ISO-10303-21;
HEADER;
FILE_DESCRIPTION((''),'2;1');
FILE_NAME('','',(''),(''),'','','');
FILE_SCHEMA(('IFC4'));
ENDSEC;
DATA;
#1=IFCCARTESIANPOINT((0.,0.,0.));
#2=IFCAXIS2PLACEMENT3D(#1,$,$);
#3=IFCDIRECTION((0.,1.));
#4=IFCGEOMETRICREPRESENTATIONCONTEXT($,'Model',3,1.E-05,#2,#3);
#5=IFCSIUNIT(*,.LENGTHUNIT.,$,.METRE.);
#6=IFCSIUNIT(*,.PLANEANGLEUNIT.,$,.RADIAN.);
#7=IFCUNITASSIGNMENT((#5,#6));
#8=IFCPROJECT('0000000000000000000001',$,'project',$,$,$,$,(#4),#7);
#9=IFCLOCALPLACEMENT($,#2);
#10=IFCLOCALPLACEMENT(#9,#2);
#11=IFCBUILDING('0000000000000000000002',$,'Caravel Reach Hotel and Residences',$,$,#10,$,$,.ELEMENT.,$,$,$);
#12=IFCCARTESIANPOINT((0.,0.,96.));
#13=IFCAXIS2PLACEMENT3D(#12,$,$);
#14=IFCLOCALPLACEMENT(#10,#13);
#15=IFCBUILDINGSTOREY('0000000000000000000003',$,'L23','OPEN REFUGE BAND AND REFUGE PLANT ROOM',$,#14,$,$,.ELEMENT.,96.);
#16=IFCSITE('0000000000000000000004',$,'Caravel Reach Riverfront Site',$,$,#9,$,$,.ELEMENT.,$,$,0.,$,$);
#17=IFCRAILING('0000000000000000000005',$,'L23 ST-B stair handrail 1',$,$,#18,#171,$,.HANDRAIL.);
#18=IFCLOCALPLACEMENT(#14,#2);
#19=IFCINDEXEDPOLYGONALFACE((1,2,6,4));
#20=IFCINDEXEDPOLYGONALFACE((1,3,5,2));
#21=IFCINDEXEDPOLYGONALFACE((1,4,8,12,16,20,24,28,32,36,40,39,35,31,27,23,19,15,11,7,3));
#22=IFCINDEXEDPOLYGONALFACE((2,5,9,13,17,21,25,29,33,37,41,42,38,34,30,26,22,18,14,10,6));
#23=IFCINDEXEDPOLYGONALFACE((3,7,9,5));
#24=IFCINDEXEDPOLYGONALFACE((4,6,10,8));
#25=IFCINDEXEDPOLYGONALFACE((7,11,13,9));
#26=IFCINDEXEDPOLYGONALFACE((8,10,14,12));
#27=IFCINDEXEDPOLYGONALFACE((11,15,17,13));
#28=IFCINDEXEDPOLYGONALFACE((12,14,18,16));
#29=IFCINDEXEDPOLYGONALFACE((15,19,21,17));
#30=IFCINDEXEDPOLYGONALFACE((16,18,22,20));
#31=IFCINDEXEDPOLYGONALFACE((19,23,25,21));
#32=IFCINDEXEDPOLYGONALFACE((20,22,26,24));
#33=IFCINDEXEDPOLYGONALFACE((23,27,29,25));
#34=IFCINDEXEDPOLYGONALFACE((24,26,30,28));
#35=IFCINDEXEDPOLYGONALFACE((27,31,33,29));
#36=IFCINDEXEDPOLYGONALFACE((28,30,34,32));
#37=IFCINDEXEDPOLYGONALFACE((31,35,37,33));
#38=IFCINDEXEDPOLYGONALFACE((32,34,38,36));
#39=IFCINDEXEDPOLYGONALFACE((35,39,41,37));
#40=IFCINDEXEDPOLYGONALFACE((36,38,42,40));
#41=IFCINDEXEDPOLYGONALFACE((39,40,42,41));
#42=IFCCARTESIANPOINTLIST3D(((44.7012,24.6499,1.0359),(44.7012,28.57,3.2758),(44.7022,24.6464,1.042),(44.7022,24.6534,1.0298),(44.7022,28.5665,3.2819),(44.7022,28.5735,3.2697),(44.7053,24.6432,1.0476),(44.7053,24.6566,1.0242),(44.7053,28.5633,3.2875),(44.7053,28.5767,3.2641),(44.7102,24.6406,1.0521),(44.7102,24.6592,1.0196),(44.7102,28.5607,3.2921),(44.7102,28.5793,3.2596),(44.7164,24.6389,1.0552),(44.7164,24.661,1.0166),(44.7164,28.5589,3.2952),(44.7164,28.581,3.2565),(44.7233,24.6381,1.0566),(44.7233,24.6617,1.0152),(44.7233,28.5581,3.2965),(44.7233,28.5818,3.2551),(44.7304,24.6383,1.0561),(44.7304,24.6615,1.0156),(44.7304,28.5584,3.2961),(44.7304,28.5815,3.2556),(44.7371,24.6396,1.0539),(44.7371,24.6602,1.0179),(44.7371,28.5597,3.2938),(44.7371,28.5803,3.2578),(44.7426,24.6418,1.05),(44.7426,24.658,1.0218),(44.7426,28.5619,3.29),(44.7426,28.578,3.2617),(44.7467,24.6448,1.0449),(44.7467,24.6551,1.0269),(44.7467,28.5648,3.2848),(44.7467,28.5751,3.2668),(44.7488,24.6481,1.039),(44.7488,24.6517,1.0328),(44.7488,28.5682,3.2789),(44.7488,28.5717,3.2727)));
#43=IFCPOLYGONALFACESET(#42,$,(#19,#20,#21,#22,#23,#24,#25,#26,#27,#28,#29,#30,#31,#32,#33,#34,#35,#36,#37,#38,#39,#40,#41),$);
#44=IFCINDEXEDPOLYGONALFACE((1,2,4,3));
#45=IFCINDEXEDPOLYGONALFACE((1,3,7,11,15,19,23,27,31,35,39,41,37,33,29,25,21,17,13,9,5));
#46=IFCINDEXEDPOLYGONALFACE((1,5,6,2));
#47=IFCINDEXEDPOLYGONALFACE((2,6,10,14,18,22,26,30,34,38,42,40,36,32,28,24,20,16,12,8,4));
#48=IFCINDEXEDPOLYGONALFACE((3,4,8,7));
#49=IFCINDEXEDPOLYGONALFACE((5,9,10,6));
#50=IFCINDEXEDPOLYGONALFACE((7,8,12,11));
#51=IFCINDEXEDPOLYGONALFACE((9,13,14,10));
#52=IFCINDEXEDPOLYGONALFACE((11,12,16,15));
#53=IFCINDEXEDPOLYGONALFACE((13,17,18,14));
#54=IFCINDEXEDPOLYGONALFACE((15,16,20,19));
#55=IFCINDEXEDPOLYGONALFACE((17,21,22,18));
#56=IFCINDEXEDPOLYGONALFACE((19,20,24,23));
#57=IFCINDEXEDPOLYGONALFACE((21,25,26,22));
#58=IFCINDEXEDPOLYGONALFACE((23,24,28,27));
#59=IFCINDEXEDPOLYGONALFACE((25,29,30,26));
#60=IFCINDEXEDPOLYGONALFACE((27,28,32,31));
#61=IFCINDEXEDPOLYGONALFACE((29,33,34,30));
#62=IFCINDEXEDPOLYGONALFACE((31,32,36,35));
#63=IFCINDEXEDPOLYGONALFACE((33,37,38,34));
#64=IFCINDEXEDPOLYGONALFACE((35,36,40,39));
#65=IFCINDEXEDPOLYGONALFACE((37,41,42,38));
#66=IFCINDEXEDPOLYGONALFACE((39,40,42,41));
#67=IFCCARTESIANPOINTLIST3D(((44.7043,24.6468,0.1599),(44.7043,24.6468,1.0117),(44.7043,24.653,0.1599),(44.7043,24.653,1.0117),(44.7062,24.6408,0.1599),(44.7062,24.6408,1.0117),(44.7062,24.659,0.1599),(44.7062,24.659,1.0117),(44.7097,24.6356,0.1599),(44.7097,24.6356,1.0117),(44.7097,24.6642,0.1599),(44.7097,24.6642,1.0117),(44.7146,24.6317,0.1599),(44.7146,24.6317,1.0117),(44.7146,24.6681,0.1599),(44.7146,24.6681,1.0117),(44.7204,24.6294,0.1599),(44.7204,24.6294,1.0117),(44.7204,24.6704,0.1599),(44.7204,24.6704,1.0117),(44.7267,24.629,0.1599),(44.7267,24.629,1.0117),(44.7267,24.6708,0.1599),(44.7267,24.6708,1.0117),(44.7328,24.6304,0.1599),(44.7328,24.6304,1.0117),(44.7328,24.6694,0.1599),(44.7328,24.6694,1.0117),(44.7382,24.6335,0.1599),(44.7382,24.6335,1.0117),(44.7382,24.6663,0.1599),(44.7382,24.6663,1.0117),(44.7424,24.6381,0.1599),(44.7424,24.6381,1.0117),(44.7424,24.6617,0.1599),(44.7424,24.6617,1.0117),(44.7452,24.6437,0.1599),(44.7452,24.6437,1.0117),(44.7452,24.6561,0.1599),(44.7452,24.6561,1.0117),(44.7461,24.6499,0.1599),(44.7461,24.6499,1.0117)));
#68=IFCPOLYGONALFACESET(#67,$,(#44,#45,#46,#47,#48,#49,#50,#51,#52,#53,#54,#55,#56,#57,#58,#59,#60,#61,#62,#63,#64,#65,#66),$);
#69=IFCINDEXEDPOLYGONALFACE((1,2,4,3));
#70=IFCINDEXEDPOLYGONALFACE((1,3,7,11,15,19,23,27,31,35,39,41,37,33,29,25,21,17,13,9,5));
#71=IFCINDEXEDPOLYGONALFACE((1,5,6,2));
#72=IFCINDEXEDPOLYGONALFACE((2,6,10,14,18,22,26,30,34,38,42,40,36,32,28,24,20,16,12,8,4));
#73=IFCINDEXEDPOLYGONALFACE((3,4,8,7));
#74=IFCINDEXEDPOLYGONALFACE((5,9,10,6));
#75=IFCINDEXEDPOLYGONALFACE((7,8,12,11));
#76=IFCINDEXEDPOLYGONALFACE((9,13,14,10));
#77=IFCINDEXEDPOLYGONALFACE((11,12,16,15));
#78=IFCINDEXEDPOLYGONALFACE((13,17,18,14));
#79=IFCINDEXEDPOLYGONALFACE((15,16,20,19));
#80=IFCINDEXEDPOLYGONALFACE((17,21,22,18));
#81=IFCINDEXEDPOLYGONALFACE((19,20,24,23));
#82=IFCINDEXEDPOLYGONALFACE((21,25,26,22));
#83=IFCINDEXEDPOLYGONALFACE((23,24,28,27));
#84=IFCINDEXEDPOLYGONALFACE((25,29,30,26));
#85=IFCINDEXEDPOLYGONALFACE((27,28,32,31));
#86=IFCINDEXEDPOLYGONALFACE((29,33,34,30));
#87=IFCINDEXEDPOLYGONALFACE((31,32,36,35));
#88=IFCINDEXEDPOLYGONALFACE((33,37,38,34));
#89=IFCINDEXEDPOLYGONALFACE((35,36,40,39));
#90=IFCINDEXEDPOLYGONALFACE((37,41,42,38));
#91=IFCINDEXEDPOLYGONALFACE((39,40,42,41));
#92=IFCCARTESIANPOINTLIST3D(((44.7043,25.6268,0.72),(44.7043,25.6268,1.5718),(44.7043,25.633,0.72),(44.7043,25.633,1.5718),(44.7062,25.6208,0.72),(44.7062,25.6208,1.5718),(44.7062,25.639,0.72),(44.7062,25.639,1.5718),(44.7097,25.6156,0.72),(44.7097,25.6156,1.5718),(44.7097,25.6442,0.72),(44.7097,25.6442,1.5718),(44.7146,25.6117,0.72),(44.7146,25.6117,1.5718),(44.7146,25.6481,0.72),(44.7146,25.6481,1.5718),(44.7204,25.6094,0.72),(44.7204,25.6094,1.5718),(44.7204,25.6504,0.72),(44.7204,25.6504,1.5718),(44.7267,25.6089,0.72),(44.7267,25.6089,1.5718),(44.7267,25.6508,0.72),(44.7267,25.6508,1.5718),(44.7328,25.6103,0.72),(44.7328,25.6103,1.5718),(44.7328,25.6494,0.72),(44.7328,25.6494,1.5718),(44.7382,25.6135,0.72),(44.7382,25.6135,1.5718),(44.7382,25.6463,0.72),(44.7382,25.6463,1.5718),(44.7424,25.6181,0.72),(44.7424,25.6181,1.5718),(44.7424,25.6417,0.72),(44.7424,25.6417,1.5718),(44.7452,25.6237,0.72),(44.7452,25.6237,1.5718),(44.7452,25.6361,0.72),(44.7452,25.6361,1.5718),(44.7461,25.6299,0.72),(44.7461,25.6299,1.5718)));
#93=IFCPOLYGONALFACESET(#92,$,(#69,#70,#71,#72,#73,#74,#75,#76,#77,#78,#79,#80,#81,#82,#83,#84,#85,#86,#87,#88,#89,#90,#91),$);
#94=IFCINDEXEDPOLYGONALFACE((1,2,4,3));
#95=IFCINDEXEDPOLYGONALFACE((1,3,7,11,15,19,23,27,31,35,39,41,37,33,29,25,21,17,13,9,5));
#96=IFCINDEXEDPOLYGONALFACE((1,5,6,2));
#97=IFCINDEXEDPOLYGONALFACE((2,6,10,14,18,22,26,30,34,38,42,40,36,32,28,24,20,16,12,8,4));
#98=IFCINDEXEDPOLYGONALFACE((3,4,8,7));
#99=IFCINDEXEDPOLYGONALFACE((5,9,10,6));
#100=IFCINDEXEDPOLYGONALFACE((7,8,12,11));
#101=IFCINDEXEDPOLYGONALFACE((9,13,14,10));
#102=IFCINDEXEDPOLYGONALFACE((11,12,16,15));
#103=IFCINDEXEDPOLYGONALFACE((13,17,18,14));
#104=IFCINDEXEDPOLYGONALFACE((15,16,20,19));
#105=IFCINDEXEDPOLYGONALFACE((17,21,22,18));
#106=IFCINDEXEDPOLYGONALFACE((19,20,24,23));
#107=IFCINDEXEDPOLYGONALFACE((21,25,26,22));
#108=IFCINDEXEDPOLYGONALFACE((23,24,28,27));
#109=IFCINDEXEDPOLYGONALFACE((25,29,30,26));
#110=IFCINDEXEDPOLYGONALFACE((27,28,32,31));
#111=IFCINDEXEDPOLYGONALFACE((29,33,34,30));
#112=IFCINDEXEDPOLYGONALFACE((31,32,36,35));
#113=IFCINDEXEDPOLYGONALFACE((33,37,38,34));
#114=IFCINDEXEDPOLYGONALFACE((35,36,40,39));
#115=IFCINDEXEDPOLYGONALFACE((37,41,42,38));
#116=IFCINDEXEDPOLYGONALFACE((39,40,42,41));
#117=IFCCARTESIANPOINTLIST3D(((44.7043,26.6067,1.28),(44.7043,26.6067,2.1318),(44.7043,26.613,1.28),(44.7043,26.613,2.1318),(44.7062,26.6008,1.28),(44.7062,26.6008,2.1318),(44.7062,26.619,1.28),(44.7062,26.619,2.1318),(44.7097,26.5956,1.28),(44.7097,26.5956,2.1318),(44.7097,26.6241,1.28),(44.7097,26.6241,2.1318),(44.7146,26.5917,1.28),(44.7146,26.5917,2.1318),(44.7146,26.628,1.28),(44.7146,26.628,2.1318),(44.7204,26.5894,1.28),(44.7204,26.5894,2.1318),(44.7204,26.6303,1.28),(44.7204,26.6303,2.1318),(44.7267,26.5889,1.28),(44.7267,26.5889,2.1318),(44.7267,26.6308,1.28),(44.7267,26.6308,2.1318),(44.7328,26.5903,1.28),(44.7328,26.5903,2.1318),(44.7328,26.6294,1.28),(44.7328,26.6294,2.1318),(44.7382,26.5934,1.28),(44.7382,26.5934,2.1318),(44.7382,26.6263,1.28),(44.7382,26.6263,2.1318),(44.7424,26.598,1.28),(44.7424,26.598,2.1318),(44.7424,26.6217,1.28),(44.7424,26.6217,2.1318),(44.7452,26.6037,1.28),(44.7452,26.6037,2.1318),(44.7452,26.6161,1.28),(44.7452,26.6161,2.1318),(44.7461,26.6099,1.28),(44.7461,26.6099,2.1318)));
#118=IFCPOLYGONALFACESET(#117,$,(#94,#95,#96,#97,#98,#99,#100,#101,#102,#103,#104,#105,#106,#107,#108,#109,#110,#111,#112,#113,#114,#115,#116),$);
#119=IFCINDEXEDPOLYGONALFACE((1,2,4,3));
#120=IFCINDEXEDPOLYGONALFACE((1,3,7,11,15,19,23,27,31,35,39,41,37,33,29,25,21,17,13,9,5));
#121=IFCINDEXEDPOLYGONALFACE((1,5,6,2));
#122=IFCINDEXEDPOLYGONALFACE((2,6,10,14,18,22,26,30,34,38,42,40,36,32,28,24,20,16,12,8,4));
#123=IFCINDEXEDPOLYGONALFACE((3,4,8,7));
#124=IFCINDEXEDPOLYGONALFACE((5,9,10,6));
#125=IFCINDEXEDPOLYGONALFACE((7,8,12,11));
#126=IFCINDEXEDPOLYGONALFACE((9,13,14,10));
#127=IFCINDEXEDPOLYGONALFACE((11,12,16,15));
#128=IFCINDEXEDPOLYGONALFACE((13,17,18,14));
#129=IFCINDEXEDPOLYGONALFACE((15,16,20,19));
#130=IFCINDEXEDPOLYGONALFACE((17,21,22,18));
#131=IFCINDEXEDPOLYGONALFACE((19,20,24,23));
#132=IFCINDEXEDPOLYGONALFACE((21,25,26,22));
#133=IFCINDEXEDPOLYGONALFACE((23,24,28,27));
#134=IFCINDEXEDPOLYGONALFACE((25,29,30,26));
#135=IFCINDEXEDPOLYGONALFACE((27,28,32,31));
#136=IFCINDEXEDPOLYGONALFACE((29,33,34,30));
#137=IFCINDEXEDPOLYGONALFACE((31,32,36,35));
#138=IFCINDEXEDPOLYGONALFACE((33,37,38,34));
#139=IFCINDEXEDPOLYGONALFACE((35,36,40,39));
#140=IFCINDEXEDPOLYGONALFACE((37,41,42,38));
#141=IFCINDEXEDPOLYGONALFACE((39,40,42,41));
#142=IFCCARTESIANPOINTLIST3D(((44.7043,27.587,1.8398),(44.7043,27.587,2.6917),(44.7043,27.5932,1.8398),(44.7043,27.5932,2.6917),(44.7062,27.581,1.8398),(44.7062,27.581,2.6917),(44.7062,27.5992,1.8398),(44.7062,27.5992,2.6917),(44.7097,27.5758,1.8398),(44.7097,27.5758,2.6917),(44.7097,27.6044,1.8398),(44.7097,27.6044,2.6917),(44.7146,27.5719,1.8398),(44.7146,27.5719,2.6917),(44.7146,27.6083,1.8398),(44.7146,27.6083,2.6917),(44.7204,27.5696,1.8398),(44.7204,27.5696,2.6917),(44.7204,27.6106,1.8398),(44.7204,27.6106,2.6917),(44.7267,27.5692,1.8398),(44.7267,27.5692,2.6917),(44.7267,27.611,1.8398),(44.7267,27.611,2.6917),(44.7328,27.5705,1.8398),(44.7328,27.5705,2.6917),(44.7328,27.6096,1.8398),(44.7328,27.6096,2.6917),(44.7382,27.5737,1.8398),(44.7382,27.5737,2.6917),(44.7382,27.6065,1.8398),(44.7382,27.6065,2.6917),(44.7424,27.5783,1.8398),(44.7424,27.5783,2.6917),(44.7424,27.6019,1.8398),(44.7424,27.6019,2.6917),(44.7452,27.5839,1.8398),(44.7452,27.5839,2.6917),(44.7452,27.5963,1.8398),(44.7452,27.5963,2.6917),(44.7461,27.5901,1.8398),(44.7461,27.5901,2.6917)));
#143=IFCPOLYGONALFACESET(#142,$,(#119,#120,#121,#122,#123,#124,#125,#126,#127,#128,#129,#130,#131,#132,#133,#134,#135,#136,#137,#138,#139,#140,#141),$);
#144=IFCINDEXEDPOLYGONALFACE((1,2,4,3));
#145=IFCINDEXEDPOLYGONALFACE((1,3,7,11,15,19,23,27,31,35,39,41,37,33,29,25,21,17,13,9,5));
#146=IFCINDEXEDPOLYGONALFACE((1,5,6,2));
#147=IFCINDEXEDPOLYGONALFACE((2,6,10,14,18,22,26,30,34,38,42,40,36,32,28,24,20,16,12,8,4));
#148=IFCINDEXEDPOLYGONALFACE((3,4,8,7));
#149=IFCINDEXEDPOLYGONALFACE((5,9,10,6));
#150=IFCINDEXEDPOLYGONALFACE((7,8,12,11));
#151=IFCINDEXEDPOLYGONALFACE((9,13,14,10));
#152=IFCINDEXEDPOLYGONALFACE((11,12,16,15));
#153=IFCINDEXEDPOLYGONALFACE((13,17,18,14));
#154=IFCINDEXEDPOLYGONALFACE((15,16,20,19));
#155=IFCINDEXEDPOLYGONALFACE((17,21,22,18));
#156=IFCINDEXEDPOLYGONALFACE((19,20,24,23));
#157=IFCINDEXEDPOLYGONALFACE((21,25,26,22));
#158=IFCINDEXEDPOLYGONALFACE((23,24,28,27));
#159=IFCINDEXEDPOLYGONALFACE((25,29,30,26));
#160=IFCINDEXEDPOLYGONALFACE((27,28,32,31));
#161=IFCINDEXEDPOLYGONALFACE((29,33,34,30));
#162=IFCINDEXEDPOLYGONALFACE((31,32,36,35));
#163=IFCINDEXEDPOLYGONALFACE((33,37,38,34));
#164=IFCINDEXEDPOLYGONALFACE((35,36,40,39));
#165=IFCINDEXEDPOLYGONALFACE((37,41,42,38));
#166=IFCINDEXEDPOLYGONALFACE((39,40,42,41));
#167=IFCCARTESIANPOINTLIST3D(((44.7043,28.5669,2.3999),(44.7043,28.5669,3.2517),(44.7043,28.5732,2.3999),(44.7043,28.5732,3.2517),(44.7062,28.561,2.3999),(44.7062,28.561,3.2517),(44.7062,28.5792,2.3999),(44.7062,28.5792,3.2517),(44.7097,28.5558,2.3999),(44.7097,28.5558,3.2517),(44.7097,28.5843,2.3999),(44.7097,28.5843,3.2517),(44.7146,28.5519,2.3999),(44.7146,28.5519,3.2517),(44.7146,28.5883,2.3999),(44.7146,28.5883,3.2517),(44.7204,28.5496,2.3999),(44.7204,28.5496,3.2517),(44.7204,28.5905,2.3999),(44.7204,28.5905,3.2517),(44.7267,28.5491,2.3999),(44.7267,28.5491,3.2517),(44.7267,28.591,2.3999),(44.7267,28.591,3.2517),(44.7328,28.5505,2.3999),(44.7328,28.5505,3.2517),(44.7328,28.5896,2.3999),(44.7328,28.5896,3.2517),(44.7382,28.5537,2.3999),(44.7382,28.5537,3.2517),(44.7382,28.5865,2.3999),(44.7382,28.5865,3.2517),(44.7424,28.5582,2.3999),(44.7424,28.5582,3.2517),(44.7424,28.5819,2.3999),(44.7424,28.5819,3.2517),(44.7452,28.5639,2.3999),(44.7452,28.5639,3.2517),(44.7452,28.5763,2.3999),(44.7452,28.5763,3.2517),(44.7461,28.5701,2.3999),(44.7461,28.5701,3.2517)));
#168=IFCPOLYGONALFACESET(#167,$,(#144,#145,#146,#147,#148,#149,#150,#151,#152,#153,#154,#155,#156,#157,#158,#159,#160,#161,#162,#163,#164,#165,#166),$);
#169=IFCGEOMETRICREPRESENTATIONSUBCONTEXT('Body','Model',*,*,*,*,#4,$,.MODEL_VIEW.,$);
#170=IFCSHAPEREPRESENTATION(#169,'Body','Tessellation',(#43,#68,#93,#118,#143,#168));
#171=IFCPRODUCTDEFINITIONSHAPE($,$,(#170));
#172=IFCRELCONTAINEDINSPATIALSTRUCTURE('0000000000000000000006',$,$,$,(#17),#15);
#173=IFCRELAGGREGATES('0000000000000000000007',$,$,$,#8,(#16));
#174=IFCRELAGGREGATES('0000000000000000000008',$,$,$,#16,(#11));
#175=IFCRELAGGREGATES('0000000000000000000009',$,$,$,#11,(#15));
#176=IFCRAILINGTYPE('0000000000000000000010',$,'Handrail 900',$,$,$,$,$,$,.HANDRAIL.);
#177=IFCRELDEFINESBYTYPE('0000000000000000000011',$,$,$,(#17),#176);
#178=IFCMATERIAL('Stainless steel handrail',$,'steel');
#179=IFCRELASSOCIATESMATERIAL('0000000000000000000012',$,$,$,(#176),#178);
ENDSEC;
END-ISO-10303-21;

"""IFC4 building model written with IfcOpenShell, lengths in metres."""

from ifc_helpers import new_model, si_unit, direction, frame, origin, origin_2d, place, context, subcontext, project, spatial, circle, extrude, material, type_object, element, save


model = new_model("IFC4")

# Units and contexts
model_context = context("Model", 3, precision=1e-05, world=origin(), true_north=direction((0.0, 1.0)))
body_context = subcontext(model_context, "Body", "Model", "MODEL_VIEW")
ifc_project = project(units=[si_unit("LENGTHUNIT", "METRE"), si_unit("PLANEANGLEUNIT", "RADIAN")], contexts=[model_context])

# Site, building, storey
site_placement = place(None, origin())
site = spatial("IfcSite", under=ifc_project, at=site_placement, Name="Caravel Reach Riverfront Site", CompositionType="ELEMENT", RefElevation=0.0)
building_placement = place(site_placement, origin())
building = spatial("IfcBuilding", under=site, at=building_placement, Name="Caravel Reach Hotel and Residences", CompositionType="ELEMENT")
storey_placement = place(building_placement, frame((0.0, 0.0, 96.0)))
storey = spatial("IfcBuildingStorey", under=building, at=storey_placement, Name="L23", Description="OPEN REFUGE BAND AND REFUGE PLANT ROOM", CompositionType="ELEMENT", Elevation=96.0)

# Railing
ifc_material_1 = material(Name="Stainless steel handrail", Category="steel")
railing_type_1 = type_object("IfcRailingType", Name="Handrail 900", PredefinedType="HANDRAIL", material=ifc_material_1)
railing_1_placement = place(storey_placement, frame((44.7251, 24.6499, 0.1599)))
element("IfcRailing", 1, at=railing_1_placement, inside=storey, type_object=railing_type_1, Name="L23 ST-B stair handrail 1", PredefinedType="HANDRAIL", context=body_context, shape_type="SweptSolid", body=[
    extrude(circle(Radius=0.0239, at=origin_2d()), frame((0.0, 0.0, 0.876), z_axis=(0.0, 0.868253, 0.496121), x_axis=(-1.0, 0.0, 0.0)), (0.0, 0.0, 1.0), 4.5149),
    extrude(circle(Radius=0.021, at=origin_2d()), origin(), (0.0, 0.0, 1.0), 0.8518),
    extrude(circle(Radius=0.021, at=origin_2d()), frame((0.0, 0.98, 0.5601)), (0.0, 0.0, 1.0), 0.8518),
    extrude(circle(Radius=0.021, at=origin_2d()), frame((0.0, 1.96, 1.1201)), (0.0, 0.0, 1.0), 0.8518),
    extrude(circle(Radius=0.021, at=origin_2d()), frame((0.0, 2.9402, 1.6799)), (0.0, 0.0, 1.0), 0.8518),
    extrude(circle(Radius=0.021, at=origin_2d()), frame((0.0, 3.9202, 2.24)), (0.0, 0.0, 1.0), 0.8518),
])

save(model, "model.ifc")
